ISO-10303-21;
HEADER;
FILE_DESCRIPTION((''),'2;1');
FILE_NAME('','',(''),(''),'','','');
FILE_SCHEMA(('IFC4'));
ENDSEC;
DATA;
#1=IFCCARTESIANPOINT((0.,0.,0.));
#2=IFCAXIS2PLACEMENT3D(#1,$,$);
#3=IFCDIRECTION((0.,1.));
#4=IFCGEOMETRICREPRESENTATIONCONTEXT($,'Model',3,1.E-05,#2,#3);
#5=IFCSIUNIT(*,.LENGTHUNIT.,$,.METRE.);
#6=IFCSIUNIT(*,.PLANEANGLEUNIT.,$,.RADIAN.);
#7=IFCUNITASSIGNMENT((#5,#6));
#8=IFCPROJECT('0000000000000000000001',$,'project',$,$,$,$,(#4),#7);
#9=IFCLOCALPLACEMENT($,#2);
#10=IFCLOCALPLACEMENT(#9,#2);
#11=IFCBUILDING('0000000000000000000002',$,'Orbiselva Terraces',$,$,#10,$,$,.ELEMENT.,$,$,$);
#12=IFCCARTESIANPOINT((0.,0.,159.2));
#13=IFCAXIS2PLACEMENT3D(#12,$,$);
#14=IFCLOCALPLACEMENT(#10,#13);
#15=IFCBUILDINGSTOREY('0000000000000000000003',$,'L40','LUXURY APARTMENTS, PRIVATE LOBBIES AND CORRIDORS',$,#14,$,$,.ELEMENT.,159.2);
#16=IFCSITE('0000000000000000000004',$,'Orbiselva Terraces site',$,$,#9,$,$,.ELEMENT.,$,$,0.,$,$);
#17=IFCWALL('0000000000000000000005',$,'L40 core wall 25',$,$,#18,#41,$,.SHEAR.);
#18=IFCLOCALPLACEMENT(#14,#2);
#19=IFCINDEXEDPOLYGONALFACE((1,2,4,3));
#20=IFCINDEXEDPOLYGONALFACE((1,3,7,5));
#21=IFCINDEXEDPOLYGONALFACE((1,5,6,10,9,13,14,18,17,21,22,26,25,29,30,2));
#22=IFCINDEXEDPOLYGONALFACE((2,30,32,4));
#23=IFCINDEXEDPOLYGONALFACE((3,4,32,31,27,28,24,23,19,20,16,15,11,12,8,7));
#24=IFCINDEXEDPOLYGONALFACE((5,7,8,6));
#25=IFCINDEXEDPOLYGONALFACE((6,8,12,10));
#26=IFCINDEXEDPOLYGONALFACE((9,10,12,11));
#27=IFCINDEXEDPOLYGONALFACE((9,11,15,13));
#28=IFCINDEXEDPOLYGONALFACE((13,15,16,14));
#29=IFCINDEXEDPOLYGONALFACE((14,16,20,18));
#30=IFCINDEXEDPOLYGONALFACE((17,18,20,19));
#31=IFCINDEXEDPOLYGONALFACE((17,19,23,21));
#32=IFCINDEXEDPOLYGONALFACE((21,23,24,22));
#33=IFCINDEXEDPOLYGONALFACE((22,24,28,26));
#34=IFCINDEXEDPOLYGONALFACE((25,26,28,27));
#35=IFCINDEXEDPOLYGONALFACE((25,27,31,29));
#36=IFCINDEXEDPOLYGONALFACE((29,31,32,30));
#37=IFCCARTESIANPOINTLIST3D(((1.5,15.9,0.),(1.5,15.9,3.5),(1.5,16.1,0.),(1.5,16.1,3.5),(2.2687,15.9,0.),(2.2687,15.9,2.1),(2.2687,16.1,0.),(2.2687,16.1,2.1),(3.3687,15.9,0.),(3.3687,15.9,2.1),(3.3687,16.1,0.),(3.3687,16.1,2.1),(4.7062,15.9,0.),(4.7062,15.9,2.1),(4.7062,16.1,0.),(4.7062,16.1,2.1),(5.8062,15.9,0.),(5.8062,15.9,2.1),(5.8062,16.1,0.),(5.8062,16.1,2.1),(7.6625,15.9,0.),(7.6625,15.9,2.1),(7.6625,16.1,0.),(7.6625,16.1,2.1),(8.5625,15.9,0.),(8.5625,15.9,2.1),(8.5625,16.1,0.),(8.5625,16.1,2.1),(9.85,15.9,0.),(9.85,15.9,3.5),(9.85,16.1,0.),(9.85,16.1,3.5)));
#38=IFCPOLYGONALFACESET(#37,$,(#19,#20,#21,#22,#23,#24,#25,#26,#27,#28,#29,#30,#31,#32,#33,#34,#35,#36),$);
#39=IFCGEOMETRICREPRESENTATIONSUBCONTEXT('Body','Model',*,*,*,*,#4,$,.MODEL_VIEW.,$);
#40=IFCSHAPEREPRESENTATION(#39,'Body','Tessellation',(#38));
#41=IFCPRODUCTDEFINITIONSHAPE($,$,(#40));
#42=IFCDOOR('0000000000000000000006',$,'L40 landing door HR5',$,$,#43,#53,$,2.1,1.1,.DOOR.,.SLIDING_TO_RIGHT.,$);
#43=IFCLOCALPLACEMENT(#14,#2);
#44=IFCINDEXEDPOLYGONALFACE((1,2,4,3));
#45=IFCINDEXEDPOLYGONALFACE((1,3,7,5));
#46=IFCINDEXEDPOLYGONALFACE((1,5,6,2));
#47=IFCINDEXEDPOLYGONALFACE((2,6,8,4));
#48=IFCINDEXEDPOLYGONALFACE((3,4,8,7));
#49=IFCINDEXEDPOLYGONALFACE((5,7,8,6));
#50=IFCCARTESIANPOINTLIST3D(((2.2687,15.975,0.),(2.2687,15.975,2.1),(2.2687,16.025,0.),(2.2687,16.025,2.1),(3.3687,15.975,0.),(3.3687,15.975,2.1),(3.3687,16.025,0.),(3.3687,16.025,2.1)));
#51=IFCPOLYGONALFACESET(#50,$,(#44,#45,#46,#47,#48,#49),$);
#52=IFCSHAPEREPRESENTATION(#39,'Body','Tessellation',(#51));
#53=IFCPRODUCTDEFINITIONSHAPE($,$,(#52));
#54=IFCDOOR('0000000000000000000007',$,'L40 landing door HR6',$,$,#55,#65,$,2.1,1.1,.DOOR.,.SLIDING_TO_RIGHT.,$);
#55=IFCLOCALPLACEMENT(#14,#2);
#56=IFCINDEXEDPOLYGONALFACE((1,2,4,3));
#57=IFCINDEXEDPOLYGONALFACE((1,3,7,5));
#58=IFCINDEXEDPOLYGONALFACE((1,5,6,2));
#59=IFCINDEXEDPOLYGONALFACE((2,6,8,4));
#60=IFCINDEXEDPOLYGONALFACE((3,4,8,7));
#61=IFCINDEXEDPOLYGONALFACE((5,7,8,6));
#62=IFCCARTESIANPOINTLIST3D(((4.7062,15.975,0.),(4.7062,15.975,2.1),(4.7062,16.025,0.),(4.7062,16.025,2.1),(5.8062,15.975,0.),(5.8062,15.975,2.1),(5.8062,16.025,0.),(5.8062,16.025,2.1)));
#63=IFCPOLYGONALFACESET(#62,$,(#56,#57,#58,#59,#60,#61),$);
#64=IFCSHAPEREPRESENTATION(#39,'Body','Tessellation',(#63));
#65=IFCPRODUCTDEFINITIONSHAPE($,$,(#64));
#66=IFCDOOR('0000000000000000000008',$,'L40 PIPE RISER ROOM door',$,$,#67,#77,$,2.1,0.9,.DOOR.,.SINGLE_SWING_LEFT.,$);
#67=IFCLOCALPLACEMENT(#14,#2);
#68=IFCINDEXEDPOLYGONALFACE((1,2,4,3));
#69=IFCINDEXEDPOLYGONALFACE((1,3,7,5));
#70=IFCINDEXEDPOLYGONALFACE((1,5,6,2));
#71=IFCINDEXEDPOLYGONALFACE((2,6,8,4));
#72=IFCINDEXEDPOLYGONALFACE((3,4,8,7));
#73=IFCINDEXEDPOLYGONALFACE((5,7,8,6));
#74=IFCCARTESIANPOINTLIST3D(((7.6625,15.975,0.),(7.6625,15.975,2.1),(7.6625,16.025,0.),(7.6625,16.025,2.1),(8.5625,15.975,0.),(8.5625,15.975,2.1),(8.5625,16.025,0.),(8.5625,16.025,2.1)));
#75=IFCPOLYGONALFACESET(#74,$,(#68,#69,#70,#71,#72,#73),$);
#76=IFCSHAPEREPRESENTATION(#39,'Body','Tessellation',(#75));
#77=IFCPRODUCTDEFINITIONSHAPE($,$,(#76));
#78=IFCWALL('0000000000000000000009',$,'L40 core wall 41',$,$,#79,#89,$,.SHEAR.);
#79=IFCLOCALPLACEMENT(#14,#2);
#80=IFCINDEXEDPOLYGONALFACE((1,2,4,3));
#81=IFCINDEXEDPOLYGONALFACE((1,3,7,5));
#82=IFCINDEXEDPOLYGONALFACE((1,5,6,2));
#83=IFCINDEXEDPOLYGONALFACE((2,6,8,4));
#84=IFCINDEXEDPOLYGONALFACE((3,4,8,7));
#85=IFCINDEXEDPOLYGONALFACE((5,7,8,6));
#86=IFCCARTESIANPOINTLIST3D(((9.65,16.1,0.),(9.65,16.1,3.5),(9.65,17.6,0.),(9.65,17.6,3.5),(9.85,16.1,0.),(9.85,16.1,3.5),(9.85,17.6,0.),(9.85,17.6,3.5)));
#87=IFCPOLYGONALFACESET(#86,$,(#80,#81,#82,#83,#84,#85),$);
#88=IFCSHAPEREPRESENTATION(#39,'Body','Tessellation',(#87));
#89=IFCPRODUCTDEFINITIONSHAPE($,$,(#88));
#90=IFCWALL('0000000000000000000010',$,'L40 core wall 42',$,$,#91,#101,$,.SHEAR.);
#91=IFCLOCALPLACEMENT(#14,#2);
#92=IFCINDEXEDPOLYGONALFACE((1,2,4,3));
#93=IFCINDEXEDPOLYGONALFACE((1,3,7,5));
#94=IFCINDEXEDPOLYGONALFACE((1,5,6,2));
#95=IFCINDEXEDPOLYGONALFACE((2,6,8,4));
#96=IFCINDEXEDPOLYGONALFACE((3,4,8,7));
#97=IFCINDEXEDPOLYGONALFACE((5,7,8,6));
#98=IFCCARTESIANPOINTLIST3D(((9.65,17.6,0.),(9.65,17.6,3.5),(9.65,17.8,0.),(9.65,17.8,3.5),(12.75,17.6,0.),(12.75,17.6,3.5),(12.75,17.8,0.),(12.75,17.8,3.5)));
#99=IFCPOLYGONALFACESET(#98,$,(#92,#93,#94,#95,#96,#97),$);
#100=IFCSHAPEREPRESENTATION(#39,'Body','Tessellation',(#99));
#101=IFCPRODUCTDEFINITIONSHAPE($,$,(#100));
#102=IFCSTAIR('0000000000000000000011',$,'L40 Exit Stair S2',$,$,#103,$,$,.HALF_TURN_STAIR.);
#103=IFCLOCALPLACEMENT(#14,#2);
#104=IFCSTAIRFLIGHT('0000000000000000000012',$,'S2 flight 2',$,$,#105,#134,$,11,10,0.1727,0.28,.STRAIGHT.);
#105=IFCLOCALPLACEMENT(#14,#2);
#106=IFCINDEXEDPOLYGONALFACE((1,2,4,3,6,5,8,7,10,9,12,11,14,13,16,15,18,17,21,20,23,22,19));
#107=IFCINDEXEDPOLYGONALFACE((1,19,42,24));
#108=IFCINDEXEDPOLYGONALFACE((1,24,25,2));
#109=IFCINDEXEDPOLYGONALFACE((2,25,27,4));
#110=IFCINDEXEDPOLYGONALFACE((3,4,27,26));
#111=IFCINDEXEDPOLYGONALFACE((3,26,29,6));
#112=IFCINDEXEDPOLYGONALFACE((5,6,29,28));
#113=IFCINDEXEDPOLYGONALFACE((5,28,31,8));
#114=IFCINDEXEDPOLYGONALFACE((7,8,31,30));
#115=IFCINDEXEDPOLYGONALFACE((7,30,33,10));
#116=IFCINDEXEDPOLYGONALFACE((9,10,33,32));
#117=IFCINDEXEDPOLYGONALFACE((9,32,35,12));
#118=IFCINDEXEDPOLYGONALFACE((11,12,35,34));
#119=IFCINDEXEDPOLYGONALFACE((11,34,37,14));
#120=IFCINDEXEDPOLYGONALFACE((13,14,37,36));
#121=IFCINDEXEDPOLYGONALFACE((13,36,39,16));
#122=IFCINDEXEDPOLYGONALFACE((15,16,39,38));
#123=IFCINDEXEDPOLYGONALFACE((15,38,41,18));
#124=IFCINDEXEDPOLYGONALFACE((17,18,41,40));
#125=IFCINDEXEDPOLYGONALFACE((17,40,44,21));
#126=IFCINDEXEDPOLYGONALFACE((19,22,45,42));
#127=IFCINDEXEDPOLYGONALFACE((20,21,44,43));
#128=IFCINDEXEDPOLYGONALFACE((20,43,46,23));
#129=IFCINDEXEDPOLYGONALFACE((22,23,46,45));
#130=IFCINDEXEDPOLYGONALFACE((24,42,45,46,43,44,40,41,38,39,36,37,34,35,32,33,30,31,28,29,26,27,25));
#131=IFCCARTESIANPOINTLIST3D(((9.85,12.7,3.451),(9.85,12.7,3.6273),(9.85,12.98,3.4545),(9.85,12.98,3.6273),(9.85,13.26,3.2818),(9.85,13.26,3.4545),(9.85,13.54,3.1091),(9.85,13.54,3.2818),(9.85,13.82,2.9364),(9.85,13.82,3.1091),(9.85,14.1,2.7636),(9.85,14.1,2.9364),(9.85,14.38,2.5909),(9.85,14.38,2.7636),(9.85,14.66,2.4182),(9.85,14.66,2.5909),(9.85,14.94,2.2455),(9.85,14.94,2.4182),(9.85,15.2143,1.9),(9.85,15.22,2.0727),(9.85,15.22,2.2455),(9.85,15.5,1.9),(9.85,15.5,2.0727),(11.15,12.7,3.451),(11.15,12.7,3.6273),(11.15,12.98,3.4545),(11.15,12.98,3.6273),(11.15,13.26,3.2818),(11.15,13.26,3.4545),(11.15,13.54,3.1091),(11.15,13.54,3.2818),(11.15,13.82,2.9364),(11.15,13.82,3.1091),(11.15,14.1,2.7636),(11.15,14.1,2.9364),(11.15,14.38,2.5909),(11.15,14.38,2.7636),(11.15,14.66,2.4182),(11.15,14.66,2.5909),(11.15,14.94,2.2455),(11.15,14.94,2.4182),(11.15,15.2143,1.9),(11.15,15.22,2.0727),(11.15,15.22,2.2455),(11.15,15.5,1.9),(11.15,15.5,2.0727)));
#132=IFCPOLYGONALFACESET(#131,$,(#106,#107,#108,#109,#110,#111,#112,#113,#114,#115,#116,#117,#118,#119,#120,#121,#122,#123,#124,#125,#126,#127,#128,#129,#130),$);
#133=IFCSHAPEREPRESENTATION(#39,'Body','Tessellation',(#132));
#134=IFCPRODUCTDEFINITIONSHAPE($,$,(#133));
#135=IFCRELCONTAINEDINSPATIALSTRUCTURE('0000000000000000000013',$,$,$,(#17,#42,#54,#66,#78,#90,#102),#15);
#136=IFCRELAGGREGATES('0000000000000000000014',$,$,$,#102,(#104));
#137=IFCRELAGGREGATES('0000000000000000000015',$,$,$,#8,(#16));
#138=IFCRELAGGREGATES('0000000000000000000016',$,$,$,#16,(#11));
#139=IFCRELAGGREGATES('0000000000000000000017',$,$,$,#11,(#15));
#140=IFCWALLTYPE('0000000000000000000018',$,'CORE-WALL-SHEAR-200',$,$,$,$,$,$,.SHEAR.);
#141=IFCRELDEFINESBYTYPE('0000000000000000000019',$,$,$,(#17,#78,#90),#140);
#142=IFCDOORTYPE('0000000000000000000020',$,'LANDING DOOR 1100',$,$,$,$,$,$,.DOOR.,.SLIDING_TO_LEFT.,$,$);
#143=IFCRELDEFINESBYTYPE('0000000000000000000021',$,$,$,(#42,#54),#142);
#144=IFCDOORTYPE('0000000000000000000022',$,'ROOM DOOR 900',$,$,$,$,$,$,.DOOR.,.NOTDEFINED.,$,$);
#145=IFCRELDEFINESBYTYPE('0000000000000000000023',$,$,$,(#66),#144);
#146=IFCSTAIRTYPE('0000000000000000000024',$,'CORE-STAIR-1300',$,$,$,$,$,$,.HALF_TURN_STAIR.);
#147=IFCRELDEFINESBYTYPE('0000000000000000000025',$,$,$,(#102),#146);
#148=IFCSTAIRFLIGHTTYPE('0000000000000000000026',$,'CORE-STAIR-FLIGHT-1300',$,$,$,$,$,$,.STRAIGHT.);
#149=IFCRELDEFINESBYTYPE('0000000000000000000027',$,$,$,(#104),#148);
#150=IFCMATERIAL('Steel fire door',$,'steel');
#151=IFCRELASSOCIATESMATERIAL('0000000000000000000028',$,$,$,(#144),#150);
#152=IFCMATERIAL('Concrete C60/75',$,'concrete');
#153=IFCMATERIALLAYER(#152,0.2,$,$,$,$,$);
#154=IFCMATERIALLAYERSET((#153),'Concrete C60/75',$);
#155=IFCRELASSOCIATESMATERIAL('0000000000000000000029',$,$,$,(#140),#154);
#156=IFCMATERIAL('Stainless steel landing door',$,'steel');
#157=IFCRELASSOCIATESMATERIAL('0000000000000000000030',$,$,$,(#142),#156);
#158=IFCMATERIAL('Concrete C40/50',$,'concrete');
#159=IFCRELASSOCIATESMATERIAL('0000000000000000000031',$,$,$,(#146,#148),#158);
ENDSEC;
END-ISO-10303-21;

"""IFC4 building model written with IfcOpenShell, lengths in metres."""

from ifc_helpers import new_model, si_unit, direction, frame, frame_2d, origin, place, context, subcontext, project, spatial, polyline, rectangle, outline, extrude, material, layer, layer_set, type_object, element, fill, aggregate, save


model = new_model("IFC4")

# Units and contexts
model_context = context("Model", 3, precision=1e-05, world=origin(), true_north=direction((0.0, 1.0)))
body_context = subcontext(model_context, "Body", "Model", "MODEL_VIEW")
ifc_project = project(units=[si_unit("LENGTHUNIT", "METRE"), si_unit("PLANEANGLEUNIT", "RADIAN")], contexts=[model_context])

# Site, building, storey
site_placement = place(None, origin())
site = spatial("IfcSite", under=ifc_project, at=site_placement, Name="Orbiselva Terraces site", CompositionType="ELEMENT", RefElevation=0.0)
building_placement = place(site_placement, origin())
building = spatial("IfcBuilding", under=site, at=building_placement, Name="Orbiselva Terraces", CompositionType="ELEMENT")
storey_placement = place(building_placement, frame((0.0, 0.0, 159.2)))
storey = spatial("IfcBuildingStorey", under=building, at=storey_placement, Name="L40", Description="LUXURY APARTMENTS, PRIVATE LOBBIES AND CORRIDORS", CompositionType="ELEMENT", Elevation=159.2)

# Shared definitions
ifc_material_1 = material(Name="Steel fire door", Category="steel")
door_type_1 = type_object("IfcDoorType", Name="ROOM DOOR 900", OperationType="NOTDEFINED", PredefinedType="DOOR", material=ifc_material_1)

# Shared definitions
ifc_material_2 = material(Name="Concrete C40/50", Category="concrete")
ifc_material_3 = material(Name="Concrete C60/75", Category="concrete")
ifc_layer_1 = layer(ifc_material_3, 0.2)
ifc_layer_set_1 = layer_set([ifc_layer_1], Name="Concrete C60/75")
wall_type_1 = type_object("IfcWallType", Name="CORE-WALL-SHEAR-200", PredefinedType="SHEAR", material=ifc_layer_set_1)

# Wall, openings, doors
wall_1_placement = place(storey_placement, frame((9.85, 16.0, 0.0), z_axis=(0.0, 0.0, 1.0), x_axis=(-1.0, 0.0, 0.0)))
wall_1 = element("IfcWall", 1, at=wall_1_placement, inside=storey, type_object=wall_type_1, Name="L40 core wall 25", PredefinedType="SHEAR", context=body_context, shape_type="SweptSolid", body=[
    extrude(rectangle(XDim=8.35, YDim=0.2, at=frame_2d((4.175, 0.0))), origin(), (0.0, 0.0, 1.0), 3.5),
])
opening_1_placement = place(wall_1_placement, frame((6.4813, 0.0, 0.0)))
opening_1 = element("IfcOpeningElement", 2, at=opening_1_placement, cuts=wall_1, PredefinedType="OPENING", context=body_context, shape_type="SweptSolid", body=[
    extrude(rectangle(XDim=1.1, YDim=2.1, at=frame_2d((0.55, 1.05))), frame((0.0, 0.11, 0.0), z_axis=(0.0, -1.0, 0.0), x_axis=(1.0, 0.0, 0.0)), (0.0, 0.0, 1.0), 0.22),
])
opening_2_placement = place(wall_1_placement, frame((4.0438, 0.0, 0.0)))
opening_2 = element("IfcOpeningElement", 3, at=opening_2_placement, cuts=wall_1, PredefinedType="OPENING", context=body_context, shape_type="SweptSolid", body=[
    extrude(rectangle(XDim=1.1, YDim=2.1, at=frame_2d((0.55, 1.05))), frame((0.0, 0.11, 0.0), z_axis=(0.0, -1.0, 0.0), x_axis=(1.0, 0.0, 0.0)), (0.0, 0.0, 1.0), 0.22),
])
opening_3_placement = place(wall_1_placement, frame((1.2875, 0.0, 0.0)))
opening_3 = element("IfcOpeningElement", 4, at=opening_3_placement, cuts=wall_1, PredefinedType="OPENING", context=body_context, shape_type="SweptSolid", body=[
    extrude(rectangle(XDim=0.9, YDim=2.1, at=frame_2d((0.45, 1.05))), frame((0.0, 0.11, 0.0), z_axis=(0.0, -1.0, 0.0), x_axis=(1.0, 0.0, 0.0)), (0.0, 0.0, 1.0), 0.22),
])
ifc_material_4 = material(Name="Stainless steel landing door", Category="steel")
door_type_2 = type_object("IfcDoorType", Name="LANDING DOOR 1100", OperationType="SLIDING_TO_LEFT", PredefinedType="DOOR", material=ifc_material_4)
door_1_placement = place(opening_1_placement, origin())
door_1 = element("IfcDoor", 5, at=door_1_placement, inside=storey, type_object=door_type_2, Name="L40 landing door HR5", OperationType="SLIDING_TO_RIGHT", OverallHeight=2.1, OverallWidth=1.1, PredefinedType="DOOR", context=body_context, shape_type="SweptSolid", body=[
    extrude(rectangle(XDim=1.1, YDim=2.1, at=frame_2d((0.55, 1.05))), frame((0.0, 0.025, 0.0), z_axis=(0.0, -1.0, 0.0), x_axis=(1.0, 0.0, 0.0)), (0.0, 0.0, 1.0), 0.05),
])
fill(opening_1, door_1)
door_2_placement = place(opening_2_placement, origin())
door_2 = element("IfcDoor", 6, at=door_2_placement, inside=storey, type_object=door_type_2, Name="L40 landing door HR6", OperationType="SLIDING_TO_RIGHT", OverallHeight=2.1, OverallWidth=1.1, PredefinedType="DOOR", context=body_context, shape_type="SweptSolid", body=[
    extrude(rectangle(XDim=1.1, YDim=2.1, at=frame_2d((0.55, 1.05))), frame((0.0, 0.025, 0.0), z_axis=(0.0, -1.0, 0.0), x_axis=(1.0, 0.0, 0.0)), (0.0, 0.0, 1.0), 0.05),
])
fill(opening_2, door_2)
door_3_placement = place(opening_3_placement, origin())
door_3 = element("IfcDoor", 7, at=door_3_placement, inside=storey, type_object=door_type_1, Name="L40 PIPE RISER ROOM door", OperationType="SINGLE_SWING_LEFT", OverallHeight=2.1, OverallWidth=0.9, PredefinedType="DOOR", context=body_context, shape_type="SweptSolid", body=[
    extrude(rectangle(XDim=0.9, YDim=2.1, at=frame_2d((0.45, 1.05))), frame((0.0, 0.025, 0.0), z_axis=(0.0, -1.0, 0.0), x_axis=(1.0, 0.0, 0.0)), (0.0, 0.0, 1.0), 0.05),
])
fill(opening_3, door_3)

# Walls
wall_2_placement = place(storey_placement, frame((9.75, 16.1, 0.0), z_axis=(0.0, 0.0, 1.0), x_axis=(0.0, 1.0, 0.0)))
element("IfcWall", 8, at=wall_2_placement, inside=storey, type_object=wall_type_1, Name="L40 core wall 41", PredefinedType="SHEAR", context=body_context, shape_type="SweptSolid", body=[
    extrude(rectangle(XDim=1.5, YDim=0.2, at=frame_2d((0.75, 0.0))), origin(), (0.0, 0.0, 1.0), 3.5),
])
wall_3_placement = place(storey_placement, frame((9.65, 17.7, 0.0), z_axis=(0.0, 0.0, 1.0), x_axis=(1.0, 0.0, 0.0)))
element("IfcWall", 9, at=wall_3_placement, inside=storey, type_object=wall_type_1, Name="L40 core wall 42", PredefinedType="SHEAR", context=body_context, shape_type="SweptSolid", body=[
    extrude(rectangle(XDim=3.1, YDim=0.2, at=frame_2d((1.55, 0.0))), origin(), (0.0, 0.0, 1.0), 3.5),
])

# Stair, stair flight
stair_type = type_object("IfcStairType", Name="CORE-STAIR-1300", PredefinedType="HALF_TURN_STAIR", material=ifc_material_2)
stair_placement = place(storey_placement, origin())
stair = element("IfcStair", 10, at=stair_placement, inside=storey, type_object=stair_type, Name="L40 Exit Stair S2", PredefinedType="HALF_TURN_STAIR")
stair_flight_type = type_object("IfcStairFlightType", Name="CORE-STAIR-FLIGHT-1300", PredefinedType="STRAIGHT", material=ifc_material_2)
stair_flight_placement = place(storey_placement, frame((10.5, 15.5, 1.9), z_axis=(0.0, 0.0, 1.0), x_axis=(0.0, -1.0, 0.0)))
stair_flight = element("IfcStairFlight", 11, at=stair_flight_placement, type_object=stair_flight_type, Name="S2 flight 2", NumberOfRisers=11, NumberOfTreads=10, PredefinedType="STRAIGHT", RiserHeight=0.1727, TreadLength=0.28, context=body_context, shape_type="SweptSolid", body=[
    extrude(outline(polyline([(0.0, 0.0), (0.0, 0.1727), (0.28, 0.1727), (0.28, 0.3455), (0.56, 0.3455), (0.56, 0.5182), (0.84, 0.5182), (0.84, 0.6909), (1.12, 0.6909), (1.12, 0.8636), (1.4, 0.8636), (1.4, 1.0364), (1.68, 1.0364), (1.68, 1.2091), (1.96, 1.2091), (1.96, 1.3818), (2.24, 1.3818), (2.24, 1.5545), (2.52, 1.5545), (2.52, 1.7273), (2.8, 1.7273), (2.8, 1.9), (2.8, 1.551), (0.2857, 0.0), (0.0, 0.0)])), frame((0.0, 0.65, 0.0), z_axis=(0.0, -1.0, 0.0), x_axis=(1.0, 0.0, 0.0)), (0.0, 0.0, 1.0), 1.3),
])
aggregate(stair, [stair_flight])

save(model, "model.ifc")
